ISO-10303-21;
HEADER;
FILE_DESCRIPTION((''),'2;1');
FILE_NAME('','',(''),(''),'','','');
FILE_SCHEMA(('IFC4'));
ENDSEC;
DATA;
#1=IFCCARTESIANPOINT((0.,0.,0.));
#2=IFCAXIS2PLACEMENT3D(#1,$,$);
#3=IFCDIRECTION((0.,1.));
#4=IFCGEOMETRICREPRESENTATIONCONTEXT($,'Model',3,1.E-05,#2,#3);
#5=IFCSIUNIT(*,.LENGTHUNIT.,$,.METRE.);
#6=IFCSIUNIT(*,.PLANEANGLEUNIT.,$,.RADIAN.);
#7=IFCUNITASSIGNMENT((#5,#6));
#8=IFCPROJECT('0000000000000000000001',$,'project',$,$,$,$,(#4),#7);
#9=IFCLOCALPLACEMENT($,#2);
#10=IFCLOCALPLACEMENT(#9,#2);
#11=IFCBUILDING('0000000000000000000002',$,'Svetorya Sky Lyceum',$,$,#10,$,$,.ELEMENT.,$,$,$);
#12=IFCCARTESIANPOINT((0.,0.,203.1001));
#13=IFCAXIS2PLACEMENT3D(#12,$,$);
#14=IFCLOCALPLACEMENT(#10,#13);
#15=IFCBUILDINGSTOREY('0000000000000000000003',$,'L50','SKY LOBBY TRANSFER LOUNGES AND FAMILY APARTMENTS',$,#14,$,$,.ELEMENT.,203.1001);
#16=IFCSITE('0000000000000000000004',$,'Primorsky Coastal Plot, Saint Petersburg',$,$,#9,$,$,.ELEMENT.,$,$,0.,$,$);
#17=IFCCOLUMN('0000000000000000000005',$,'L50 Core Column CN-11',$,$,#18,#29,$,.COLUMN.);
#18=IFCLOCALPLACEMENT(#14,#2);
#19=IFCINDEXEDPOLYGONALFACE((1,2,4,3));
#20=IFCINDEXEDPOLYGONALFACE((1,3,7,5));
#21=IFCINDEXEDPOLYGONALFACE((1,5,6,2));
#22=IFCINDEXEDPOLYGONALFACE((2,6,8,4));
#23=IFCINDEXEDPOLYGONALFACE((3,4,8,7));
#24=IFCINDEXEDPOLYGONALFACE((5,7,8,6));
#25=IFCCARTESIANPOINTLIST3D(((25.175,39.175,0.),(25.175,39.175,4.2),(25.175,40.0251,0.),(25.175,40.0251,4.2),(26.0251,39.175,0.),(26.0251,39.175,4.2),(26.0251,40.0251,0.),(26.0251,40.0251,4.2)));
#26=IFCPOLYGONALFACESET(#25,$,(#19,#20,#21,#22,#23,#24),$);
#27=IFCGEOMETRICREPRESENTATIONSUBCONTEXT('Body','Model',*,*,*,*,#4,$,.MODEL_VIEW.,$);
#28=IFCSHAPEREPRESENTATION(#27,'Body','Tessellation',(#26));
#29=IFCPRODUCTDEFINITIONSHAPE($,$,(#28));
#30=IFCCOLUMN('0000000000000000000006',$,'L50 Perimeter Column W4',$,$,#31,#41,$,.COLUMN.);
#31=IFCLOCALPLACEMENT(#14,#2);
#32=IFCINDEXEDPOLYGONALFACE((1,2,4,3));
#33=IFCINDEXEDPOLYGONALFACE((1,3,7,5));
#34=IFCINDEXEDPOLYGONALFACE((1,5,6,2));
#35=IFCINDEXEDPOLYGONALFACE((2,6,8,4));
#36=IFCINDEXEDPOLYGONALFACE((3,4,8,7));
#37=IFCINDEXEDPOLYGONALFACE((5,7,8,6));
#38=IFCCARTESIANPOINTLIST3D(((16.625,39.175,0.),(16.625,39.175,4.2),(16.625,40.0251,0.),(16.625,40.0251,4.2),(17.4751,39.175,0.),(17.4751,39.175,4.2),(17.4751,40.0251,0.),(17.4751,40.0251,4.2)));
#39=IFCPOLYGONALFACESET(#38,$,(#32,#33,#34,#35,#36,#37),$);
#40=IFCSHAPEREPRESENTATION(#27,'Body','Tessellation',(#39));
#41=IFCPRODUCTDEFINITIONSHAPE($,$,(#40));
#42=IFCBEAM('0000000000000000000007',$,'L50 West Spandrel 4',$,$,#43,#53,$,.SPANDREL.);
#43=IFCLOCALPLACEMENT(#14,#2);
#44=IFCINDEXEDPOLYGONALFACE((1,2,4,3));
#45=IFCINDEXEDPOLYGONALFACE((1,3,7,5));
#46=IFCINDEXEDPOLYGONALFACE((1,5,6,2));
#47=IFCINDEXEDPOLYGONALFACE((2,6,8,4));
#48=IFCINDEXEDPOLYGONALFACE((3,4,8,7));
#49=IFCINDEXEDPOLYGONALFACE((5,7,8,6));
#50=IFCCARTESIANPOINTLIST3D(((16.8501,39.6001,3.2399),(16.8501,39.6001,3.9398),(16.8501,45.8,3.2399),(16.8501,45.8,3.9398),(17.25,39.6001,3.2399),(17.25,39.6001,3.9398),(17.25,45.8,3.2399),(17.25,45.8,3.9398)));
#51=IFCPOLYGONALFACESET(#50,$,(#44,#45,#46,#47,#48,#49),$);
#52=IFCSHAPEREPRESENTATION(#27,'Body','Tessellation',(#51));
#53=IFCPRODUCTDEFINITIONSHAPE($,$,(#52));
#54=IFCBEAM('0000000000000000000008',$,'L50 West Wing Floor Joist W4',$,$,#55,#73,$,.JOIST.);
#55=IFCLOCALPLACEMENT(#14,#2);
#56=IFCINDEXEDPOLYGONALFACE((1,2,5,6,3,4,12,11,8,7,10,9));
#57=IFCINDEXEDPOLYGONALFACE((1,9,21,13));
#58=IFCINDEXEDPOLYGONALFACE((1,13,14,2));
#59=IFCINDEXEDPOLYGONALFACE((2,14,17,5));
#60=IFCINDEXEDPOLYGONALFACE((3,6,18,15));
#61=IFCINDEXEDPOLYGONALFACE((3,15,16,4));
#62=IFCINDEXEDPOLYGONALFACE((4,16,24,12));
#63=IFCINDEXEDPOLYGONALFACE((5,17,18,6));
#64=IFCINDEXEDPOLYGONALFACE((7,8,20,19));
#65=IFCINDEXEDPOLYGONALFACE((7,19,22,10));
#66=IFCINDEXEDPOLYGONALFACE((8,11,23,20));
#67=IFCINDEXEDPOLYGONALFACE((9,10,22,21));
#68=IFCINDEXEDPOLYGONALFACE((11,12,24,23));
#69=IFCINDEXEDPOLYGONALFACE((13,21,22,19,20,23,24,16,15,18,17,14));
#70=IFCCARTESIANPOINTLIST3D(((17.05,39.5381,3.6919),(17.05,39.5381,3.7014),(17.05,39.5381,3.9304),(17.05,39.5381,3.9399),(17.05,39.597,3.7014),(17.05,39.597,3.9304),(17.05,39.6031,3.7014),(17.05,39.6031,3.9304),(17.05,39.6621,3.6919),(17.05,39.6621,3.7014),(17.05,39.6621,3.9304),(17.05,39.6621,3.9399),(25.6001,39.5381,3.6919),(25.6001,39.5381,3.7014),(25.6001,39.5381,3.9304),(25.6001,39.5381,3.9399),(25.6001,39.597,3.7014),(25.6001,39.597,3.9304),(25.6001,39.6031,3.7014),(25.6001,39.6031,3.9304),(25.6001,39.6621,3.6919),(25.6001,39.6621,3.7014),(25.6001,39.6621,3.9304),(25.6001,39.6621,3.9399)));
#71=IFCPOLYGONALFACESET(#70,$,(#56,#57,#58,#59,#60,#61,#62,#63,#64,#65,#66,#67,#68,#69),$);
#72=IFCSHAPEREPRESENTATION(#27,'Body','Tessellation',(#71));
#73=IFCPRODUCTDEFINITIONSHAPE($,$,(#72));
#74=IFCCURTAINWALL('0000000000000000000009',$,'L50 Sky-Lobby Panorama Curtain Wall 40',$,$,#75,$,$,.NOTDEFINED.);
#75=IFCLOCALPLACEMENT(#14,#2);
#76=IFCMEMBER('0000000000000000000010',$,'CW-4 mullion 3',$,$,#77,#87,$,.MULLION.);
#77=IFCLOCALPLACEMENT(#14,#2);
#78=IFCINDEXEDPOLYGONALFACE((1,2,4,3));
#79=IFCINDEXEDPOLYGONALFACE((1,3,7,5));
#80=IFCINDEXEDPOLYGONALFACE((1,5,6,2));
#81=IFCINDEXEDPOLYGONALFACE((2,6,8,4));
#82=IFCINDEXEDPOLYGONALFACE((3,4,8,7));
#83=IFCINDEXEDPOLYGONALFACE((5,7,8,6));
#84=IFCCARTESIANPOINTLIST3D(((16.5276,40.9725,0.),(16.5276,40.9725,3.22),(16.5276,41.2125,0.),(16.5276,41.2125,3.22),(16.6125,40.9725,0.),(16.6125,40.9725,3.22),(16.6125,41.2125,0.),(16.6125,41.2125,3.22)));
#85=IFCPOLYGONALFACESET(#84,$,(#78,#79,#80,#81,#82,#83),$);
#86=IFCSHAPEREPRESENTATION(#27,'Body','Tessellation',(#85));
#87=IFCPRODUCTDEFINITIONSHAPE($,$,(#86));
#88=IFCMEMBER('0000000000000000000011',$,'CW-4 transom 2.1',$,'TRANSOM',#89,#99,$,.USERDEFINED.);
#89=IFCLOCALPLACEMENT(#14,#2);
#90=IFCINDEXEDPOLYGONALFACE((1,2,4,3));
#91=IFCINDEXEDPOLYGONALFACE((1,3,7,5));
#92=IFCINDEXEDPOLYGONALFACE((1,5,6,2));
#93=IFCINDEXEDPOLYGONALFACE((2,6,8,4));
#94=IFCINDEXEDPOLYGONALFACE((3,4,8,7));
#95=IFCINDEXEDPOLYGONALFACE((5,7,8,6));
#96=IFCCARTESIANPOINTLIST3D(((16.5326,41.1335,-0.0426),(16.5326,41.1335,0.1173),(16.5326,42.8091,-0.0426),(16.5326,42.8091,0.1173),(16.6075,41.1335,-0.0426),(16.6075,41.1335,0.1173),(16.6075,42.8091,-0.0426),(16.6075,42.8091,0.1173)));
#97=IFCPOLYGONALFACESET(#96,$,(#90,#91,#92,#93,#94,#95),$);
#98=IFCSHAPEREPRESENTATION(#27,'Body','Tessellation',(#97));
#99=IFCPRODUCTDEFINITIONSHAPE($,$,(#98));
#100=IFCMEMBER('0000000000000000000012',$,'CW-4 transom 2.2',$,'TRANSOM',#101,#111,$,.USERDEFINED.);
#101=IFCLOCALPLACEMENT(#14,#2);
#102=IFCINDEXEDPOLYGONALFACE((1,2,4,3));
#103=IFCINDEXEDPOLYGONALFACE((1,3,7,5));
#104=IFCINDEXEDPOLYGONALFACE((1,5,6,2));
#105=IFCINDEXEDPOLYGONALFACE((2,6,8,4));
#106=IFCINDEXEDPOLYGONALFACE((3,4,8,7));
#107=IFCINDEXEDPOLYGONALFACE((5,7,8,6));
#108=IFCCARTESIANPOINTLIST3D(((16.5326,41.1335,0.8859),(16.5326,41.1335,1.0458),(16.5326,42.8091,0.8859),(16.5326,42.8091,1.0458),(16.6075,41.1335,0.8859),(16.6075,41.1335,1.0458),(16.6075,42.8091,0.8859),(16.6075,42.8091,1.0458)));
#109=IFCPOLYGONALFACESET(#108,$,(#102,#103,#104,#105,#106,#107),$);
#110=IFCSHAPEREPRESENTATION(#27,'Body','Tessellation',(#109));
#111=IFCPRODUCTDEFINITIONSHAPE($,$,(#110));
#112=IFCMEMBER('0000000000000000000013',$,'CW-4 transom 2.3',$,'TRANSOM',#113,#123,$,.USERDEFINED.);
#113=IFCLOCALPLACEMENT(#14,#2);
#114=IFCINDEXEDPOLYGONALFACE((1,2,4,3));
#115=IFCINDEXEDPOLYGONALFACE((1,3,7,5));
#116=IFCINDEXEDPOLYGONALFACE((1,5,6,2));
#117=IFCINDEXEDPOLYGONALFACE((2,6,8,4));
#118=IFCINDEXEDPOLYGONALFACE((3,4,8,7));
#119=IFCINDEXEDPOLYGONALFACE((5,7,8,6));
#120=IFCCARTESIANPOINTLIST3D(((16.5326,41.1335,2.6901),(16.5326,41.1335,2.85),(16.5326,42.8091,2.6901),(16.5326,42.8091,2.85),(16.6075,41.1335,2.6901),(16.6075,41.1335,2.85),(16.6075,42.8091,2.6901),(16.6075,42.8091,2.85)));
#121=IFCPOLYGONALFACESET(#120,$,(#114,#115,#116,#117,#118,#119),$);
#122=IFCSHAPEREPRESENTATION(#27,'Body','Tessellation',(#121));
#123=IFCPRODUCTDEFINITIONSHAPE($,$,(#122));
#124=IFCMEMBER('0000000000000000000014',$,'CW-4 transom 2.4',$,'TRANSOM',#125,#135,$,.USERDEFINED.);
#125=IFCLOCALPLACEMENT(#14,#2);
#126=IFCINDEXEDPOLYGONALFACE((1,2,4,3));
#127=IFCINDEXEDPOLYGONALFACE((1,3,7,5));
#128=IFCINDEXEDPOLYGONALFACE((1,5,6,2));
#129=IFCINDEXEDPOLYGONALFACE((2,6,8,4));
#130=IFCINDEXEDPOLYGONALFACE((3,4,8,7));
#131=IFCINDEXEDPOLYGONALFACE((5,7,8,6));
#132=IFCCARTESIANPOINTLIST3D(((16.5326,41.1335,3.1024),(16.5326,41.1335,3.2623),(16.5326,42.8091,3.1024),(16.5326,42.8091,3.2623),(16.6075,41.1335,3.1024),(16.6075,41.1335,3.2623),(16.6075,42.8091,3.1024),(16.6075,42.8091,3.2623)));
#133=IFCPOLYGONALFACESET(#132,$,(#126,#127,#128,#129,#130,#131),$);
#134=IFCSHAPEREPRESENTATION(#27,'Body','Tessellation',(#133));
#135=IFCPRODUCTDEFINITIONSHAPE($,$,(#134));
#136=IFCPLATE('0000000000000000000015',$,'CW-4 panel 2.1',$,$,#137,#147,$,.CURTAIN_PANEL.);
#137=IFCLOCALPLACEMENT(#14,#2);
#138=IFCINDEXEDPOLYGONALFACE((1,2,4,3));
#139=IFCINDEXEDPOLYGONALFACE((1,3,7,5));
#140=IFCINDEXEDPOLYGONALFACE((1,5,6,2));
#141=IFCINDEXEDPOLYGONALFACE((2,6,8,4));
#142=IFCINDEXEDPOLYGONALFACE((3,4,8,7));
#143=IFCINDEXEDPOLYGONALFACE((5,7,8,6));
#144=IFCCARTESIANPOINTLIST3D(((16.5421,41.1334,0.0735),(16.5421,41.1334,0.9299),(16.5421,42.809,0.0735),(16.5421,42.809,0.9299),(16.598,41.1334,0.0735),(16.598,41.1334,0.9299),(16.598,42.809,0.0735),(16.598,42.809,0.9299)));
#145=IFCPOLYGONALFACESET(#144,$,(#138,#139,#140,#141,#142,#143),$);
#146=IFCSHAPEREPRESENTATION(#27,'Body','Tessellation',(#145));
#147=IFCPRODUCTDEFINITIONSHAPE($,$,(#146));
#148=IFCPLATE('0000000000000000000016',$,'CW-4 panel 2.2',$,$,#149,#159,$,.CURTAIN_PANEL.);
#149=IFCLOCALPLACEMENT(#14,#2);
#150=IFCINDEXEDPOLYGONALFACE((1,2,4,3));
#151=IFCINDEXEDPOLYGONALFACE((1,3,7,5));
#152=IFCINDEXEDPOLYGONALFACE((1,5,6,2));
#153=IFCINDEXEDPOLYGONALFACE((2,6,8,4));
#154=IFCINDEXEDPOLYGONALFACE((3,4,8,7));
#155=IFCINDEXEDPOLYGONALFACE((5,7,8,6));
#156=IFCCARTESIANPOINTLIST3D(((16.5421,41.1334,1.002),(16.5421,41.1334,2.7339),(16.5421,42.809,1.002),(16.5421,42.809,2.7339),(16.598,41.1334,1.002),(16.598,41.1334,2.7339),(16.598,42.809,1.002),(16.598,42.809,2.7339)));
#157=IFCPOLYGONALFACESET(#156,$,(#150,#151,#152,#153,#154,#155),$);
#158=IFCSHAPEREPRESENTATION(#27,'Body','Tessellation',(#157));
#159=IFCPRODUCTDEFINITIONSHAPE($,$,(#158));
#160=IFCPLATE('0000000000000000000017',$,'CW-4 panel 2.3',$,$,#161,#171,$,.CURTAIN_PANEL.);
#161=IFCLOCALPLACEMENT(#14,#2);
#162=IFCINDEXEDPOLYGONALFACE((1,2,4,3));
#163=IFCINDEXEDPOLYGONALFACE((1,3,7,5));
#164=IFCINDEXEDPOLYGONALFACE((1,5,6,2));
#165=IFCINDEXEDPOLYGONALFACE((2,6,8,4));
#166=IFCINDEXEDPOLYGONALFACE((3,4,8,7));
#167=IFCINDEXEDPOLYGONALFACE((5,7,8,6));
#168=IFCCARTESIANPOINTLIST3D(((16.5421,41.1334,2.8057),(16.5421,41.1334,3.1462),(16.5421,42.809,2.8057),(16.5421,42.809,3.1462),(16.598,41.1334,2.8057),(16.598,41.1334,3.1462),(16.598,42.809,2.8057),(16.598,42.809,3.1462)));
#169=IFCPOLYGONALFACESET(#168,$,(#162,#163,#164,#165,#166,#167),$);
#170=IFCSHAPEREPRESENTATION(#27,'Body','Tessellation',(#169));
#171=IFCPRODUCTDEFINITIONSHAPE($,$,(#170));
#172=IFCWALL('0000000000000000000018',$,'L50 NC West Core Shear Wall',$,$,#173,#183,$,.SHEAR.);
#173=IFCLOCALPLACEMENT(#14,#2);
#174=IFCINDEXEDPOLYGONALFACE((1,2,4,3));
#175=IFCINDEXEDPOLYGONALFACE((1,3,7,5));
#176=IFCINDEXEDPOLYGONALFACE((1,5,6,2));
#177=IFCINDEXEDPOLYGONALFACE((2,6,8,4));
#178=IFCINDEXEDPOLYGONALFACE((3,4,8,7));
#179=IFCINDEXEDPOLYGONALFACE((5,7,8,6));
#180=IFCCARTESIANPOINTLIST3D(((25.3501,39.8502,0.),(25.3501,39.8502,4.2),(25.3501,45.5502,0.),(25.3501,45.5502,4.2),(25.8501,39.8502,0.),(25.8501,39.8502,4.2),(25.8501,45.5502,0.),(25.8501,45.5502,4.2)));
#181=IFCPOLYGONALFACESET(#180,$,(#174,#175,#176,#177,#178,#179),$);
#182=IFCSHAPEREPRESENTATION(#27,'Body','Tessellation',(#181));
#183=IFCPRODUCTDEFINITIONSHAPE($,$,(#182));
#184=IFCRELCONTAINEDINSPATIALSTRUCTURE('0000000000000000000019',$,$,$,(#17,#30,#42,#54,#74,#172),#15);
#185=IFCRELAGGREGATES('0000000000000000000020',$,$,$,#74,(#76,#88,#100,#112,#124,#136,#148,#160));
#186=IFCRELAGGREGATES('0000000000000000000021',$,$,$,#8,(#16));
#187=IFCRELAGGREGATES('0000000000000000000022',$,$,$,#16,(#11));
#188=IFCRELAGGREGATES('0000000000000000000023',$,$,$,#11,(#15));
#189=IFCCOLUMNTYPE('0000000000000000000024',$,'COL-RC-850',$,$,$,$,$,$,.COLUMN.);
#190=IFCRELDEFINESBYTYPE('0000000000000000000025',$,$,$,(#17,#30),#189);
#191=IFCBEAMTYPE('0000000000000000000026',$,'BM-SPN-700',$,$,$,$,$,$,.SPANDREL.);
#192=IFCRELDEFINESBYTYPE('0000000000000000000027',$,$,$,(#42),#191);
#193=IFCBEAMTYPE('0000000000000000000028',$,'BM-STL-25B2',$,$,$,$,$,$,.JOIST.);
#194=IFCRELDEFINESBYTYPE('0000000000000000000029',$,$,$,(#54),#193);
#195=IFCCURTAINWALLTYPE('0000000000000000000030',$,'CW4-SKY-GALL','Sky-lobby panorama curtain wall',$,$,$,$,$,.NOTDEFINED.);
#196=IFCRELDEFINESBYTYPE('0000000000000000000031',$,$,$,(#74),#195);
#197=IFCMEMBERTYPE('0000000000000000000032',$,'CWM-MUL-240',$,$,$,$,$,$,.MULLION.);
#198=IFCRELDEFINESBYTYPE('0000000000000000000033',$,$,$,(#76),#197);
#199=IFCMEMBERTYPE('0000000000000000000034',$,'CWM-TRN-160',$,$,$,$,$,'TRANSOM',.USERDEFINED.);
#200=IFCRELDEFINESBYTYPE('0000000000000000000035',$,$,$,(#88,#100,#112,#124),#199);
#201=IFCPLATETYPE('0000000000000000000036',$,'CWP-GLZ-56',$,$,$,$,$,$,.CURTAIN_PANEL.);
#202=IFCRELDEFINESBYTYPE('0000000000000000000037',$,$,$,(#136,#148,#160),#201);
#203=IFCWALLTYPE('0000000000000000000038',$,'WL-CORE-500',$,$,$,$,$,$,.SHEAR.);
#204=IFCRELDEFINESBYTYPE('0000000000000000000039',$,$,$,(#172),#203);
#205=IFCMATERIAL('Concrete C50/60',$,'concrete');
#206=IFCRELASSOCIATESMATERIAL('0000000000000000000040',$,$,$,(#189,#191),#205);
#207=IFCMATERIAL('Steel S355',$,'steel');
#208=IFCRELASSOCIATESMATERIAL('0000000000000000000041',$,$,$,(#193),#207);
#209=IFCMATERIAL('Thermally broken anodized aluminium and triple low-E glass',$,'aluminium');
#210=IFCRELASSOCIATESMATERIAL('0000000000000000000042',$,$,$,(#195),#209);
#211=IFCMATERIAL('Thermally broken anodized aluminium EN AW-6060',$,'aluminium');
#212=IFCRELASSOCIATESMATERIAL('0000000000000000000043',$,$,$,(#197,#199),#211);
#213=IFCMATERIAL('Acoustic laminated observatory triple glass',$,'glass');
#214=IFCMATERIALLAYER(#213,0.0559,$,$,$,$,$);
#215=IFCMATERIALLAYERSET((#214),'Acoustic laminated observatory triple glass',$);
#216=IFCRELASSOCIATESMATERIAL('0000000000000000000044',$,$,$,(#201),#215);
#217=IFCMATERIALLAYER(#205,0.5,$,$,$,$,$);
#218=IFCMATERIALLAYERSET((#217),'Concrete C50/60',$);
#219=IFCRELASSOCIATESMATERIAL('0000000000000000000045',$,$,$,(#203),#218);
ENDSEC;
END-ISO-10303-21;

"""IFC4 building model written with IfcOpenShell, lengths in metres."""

from ifc_helpers import new_model, si_unit, direction, frame, frame_2d, origin, origin_2d, place, context, subcontext, project, spatial, rectangle, i_section, extrude, material, layer, layer_set, material_profile, profile_set, type_object, element, aggregate, save


model = new_model("IFC4")

# Units and contexts
model_context = context("Model", 3, precision=1e-05, world=origin(), true_north=direction((0.0, 1.0)))
body_context = subcontext(model_context, "Body", "Model", "MODEL_VIEW")
ifc_project = project(units=[si_unit("LENGTHUNIT", "METRE"), si_unit("PLANEANGLEUNIT", "RADIAN")], contexts=[model_context])

# Site, building, storey
site_placement = place(None, origin())
site = spatial("IfcSite", under=ifc_project, at=site_placement, Name="Primorsky Coastal Plot, Saint Petersburg", CompositionType="ELEMENT", RefElevation=0.0)
building_placement = place(site_placement, origin())
building = spatial("IfcBuilding", under=site, at=building_placement, Name="Svetorya Sky Lyceum", CompositionType="ELEMENT")
storey_placement = place(building_placement, frame((0.0, 0.0, 203.1001)))
storey = spatial("IfcBuildingStorey", under=building, at=storey_placement, Name="L50", Description="SKY LOBBY TRANSFER LOUNGES AND FAMILY APARTMENTS", CompositionType="ELEMENT", Elevation=203.1001)

# Columns
ifc_material_1 = material(Name="Concrete C50/60", Category="concrete")
ifc_material_profile_1 = material_profile(ifc_material_1, rectangle(XDim=0.8501, YDim=0.8501, at=origin_2d()), Name="RC COL 850x850")
ifc_profile_set_1 = profile_set([ifc_material_profile_1], Name="Concrete C50/60")
column_type = type_object("IfcColumnType", Name="COL-RC-850", PredefinedType="COLUMN", material=ifc_profile_set_1)
for number, where, z_axis, x_axis, name in (
    (1, (25.6001, 39.6001, 0.0), (0.0, 0.0, 1.0), (1.0, 0.0, 0.0), "L50 Core Column CN-11"),
    (2, (17.05, 39.6001, 0.0), (0.0, 0.0, 1.0), (1.0, 0.0, 0.0), "L50 Perimeter Column W4"),
):
    element("IfcColumn", number, at=place(storey_placement, frame(where, z_axis=z_axis, x_axis=x_axis)), inside=storey, type_object=column_type, Name=name, PredefinedType="COLUMN", context=body_context, shape_type="SweptSolid", body=[
        extrude(rectangle(XDim=0.8501, YDim=0.8501, at=origin_2d()), origin(), (0.0, 0.0, 1.0), 4.2),
    ])

# Beams
ifc_material_profile_2 = material_profile(ifc_material_1, rectangle(XDim=0.3999, YDim=0.7, at=origin_2d()), Name="RC SPANDREL 400x700")
ifc_profile_set_2 = profile_set([ifc_material_profile_2], Name="Concrete C50/60")
beam_type_1 = type_object("IfcBeamType", Name="BM-SPN-700", PredefinedType="SPANDREL", material=ifc_profile_set_2)
beam_1_placement = place(storey_placement, frame((17.05, 39.6001, 3.5898), z_axis=(0.0, 1.0, 0.0), x_axis=(-1.0, 0.0, 0.0)))
element("IfcBeam", 3, at=beam_1_placement, inside=storey, type_object=beam_type_1, Name="L50 West Spandrel 4", PredefinedType="SPANDREL", context=body_context, shape_type="SweptSolid", body=[
    extrude(rectangle(XDim=0.3999, YDim=0.7, at=origin_2d()), origin(), (0.0, 0.0, 1.0), 6.2),
])
ifc_material_2 = material(Name="Steel S355", Category="steel")
ifc_material_profile_3 = material_profile(ifc_material_2, i_section(OverallWidth=0.124, OverallDepth=0.248, WebThickness=0.0061, FlangeThickness=0.0095, at=origin_2d()), Name="GOST 25B2")
ifc_profile_set_3 = profile_set([ifc_material_profile_3], Name="Steel S355")
beam_type_2 = type_object("IfcBeamType", Name="BM-STL-25B2", PredefinedType="JOIST", material=ifc_profile_set_3)
beam_2_placement = place(storey_placement, frame((17.05, 39.6001, 3.8159), z_axis=(1.0, 0.0, 0.0), x_axis=(0.0, 1.0, 0.0)))
element("IfcBeam", 4, at=beam_2_placement, inside=storey, type_object=beam_type_2, Name="L50 West Wing Floor Joist W4", PredefinedType="JOIST", context=body_context, shape_type="SweptSolid", body=[
    extrude(i_section(OverallWidth=0.124, OverallDepth=0.248, WebThickness=0.0061, FlangeThickness=0.0095, at=origin_2d()), origin(), (0.0, 0.0, 1.0), 8.55),
])

# Curtain wall, members, plates
ifc_material_3 = material(Name="Thermally broken anodized aluminium and triple low-E glass", Category="aluminium")
curtain_wall_type = type_object("IfcCurtainWallType", Name="CW4-SKY-GALL", Description="Sky-lobby panorama curtain wall", PredefinedType="NOTDEFINED", material=ifc_material_3)
curtain_wall_placement = place(storey_placement, origin())
curtain_wall = element("IfcCurtainWall", 5, at=curtain_wall_placement, inside=storey, type_object=curtain_wall_type, Name="L50 Sky-Lobby Panorama Curtain Wall 40", PredefinedType="NOTDEFINED")
ifc_material_4 = material(Name="Thermally broken anodized aluminium EN AW-6060", Category="aluminium")
ifc_material_profile_4 = material_profile(ifc_material_4, rectangle(XDim=0.085, YDim=0.24, at=origin_2d()), Name="ALU MULLION 85x240")
ifc_profile_set_4 = profile_set([ifc_material_profile_4], Name="Thermally broken anodized aluminium EN AW-6060")
member_type_1 = type_object("IfcMemberType", Name="CWM-MUL-240", PredefinedType="MULLION", material=ifc_profile_set_4)
member_1_placement = place(storey_placement, frame((16.5701, 41.0925, 0.0), z_axis=(0.0, 0.0, 1.0), x_axis=(1.0, 0.0, 0.0)))
member_1 = element("IfcMember", 6, at=member_1_placement, type_object=member_type_1, Name="CW-4 mullion 3", PredefinedType="MULLION", context=body_context, shape_type="SweptSolid", body=[
    extrude(rectangle(XDim=0.085, YDim=0.24, at=origin_2d()), origin(), (0.0, 0.0, 1.0), 3.22),
])
ifc_material_profile_5 = material_profile(ifc_material_4, rectangle(XDim=0.075, YDim=0.1599, at=origin_2d()), Name="ALU TRANSOM 75x160")
ifc_profile_set_5 = profile_set([ifc_material_profile_5], Name="Thermally broken anodized aluminium EN AW-6060")
member_type_2 = type_object("IfcMemberType", Name="CWM-TRN-160", ElementType="TRANSOM", PredefinedType="USERDEFINED", material=ifc_profile_set_5)
member_2_placement = place(storey_placement, frame((16.5701, 42.8091, 0.0374), z_axis=(0.0, -1.0, 0.0), x_axis=(1.0, 0.0, 0.0)))
member_2 = element("IfcMember", 7, at=member_2_placement, type_object=member_type_2, Name="CW-4 transom 2.1", ObjectType="TRANSOM", PredefinedType="USERDEFINED", context=body_context, shape_type="SweptSolid", body=[
    extrude(rectangle(XDim=0.075, YDim=0.1599, at=origin_2d()), origin(), (0.0, 0.0, 1.0), 1.6755),
])
member_3_placement = place(storey_placement, frame((16.5701, 42.8091, 0.9658), z_axis=(0.0, -1.0, 0.0), x_axis=(1.0, 0.0, 0.0)))
member_3 = element("IfcMember", 8, at=member_3_placement, type_object=member_type_2, Name="CW-4 transom 2.2", ObjectType="TRANSOM", PredefinedType="USERDEFINED", context=body_context, shape_type="SweptSolid", body=[
    extrude(rectangle(XDim=0.075, YDim=0.1599, at=origin_2d()), origin(), (0.0, 0.0, 1.0), 1.6755),
])
member_4_placement = place(storey_placement, frame((16.5701, 42.8091, 2.77), z_axis=(0.0, -1.0, 0.0), x_axis=(1.0, 0.0, 0.0)))
member_4 = element("IfcMember", 9, at=member_4_placement, type_object=member_type_2, Name="CW-4 transom 2.3", ObjectType="TRANSOM", PredefinedType="USERDEFINED", context=body_context, shape_type="SweptSolid", body=[
    extrude(rectangle(XDim=0.075, YDim=0.1599, at=origin_2d()), origin(), (0.0, 0.0, 1.0), 1.6755),
])
member_5_placement = place(storey_placement, frame((16.5701, 42.8091, 3.1824), z_axis=(0.0, -1.0, 0.0), x_axis=(1.0, 0.0, 0.0)))
member_5 = element("IfcMember", 10, at=member_5_placement, type_object=member_type_2, Name="CW-4 transom 2.4", ObjectType="TRANSOM", PredefinedType="USERDEFINED", context=body_context, shape_type="SweptSolid", body=[
    extrude(rectangle(XDim=0.075, YDim=0.1599, at=origin_2d()), origin(), (0.0, 0.0, 1.0), 1.6755),
])
ifc_material_5 = material(Name="Acoustic laminated observatory triple glass", Category="glass")
ifc_layer_1 = layer(ifc_material_5, 0.0559)
ifc_layer_set_1 = layer_set([ifc_layer_1], Name="Acoustic laminated observatory triple glass")
plate_type = type_object("IfcPlateType", Name="CWP-GLZ-56", PredefinedType="CURTAIN_PANEL", material=ifc_layer_set_1)
plate_1_placement = place(storey_placement, frame((16.5701, 41.9712, 0.0735), z_axis=(0.0, 0.0, 1.0), x_axis=(0.0, -1.0, 0.0)))
plate_1 = element("IfcPlate", 11, at=plate_1_placement, type_object=plate_type, Name="CW-4 panel 2.1", PredefinedType="CURTAIN_PANEL", context=body_context, shape_type="SweptSolid", body=[
    extrude(rectangle(XDim=1.6755, YDim=0.0559, at=origin_2d()), origin(), (0.0, 0.0, 1.0), 0.8564),
])
plate_2_placement = place(storey_placement, frame((16.5701, 41.9712, 1.002), z_axis=(0.0, 0.0, 1.0), x_axis=(0.0, -1.0, 0.0)))
plate_2 = element("IfcPlate", 12, at=plate_2_placement, type_object=plate_type, Name="CW-4 panel 2.2", PredefinedType="CURTAIN_PANEL", context=body_context, shape_type="SweptSolid", body=[
    extrude(rectangle(XDim=1.6755, YDim=0.0559, at=origin_2d()), origin(), (0.0, 0.0, 1.0), 1.7319),
])
plate_3_placement = place(storey_placement, frame((16.5701, 41.9712, 2.8057), z_axis=(0.0, 0.0, 1.0), x_axis=(0.0, -1.0, 0.0)))
plate_3 = element("IfcPlate", 13, at=plate_3_placement, type_object=plate_type, Name="CW-4 panel 2.3", PredefinedType="CURTAIN_PANEL", context=body_context, shape_type="SweptSolid", body=[
    extrude(rectangle(XDim=1.6755, YDim=0.0559, at=origin_2d()), origin(), (0.0, 0.0, 1.0), 0.3406),
])
aggregate(curtain_wall, [member_1, member_2, member_3, member_4, member_5, plate_1, plate_2, plate_3])

# Wall
ifc_layer_2 = layer(ifc_material_1, 0.5)
ifc_layer_set_2 = layer_set([ifc_layer_2], Name="Concrete C50/60")
wall_type_1 = type_object("IfcWallType", Name="WL-CORE-500", PredefinedType="SHEAR", material=ifc_layer_set_2)
wall_1_placement = place(storey_placement, frame((25.6001, 39.8501, 0.0), z_axis=(0.0, 0.0, 1.0), x_axis=(0.0, 1.0, 0.0)))
element("IfcWall", 14, at=wall_1_placement, inside=storey, type_object=wall_type_1, Name="L50 NC West Core Shear Wall", PredefinedType="SHEAR", context=body_context, shape_type="SweptSolid", body=[
    extrude(rectangle(XDim=5.7, YDim=0.5, at=frame_2d((2.8501, 0.0))), origin(), (0.0, 0.0, 1.0), 4.2),
])

save(model, "model.ifc")
